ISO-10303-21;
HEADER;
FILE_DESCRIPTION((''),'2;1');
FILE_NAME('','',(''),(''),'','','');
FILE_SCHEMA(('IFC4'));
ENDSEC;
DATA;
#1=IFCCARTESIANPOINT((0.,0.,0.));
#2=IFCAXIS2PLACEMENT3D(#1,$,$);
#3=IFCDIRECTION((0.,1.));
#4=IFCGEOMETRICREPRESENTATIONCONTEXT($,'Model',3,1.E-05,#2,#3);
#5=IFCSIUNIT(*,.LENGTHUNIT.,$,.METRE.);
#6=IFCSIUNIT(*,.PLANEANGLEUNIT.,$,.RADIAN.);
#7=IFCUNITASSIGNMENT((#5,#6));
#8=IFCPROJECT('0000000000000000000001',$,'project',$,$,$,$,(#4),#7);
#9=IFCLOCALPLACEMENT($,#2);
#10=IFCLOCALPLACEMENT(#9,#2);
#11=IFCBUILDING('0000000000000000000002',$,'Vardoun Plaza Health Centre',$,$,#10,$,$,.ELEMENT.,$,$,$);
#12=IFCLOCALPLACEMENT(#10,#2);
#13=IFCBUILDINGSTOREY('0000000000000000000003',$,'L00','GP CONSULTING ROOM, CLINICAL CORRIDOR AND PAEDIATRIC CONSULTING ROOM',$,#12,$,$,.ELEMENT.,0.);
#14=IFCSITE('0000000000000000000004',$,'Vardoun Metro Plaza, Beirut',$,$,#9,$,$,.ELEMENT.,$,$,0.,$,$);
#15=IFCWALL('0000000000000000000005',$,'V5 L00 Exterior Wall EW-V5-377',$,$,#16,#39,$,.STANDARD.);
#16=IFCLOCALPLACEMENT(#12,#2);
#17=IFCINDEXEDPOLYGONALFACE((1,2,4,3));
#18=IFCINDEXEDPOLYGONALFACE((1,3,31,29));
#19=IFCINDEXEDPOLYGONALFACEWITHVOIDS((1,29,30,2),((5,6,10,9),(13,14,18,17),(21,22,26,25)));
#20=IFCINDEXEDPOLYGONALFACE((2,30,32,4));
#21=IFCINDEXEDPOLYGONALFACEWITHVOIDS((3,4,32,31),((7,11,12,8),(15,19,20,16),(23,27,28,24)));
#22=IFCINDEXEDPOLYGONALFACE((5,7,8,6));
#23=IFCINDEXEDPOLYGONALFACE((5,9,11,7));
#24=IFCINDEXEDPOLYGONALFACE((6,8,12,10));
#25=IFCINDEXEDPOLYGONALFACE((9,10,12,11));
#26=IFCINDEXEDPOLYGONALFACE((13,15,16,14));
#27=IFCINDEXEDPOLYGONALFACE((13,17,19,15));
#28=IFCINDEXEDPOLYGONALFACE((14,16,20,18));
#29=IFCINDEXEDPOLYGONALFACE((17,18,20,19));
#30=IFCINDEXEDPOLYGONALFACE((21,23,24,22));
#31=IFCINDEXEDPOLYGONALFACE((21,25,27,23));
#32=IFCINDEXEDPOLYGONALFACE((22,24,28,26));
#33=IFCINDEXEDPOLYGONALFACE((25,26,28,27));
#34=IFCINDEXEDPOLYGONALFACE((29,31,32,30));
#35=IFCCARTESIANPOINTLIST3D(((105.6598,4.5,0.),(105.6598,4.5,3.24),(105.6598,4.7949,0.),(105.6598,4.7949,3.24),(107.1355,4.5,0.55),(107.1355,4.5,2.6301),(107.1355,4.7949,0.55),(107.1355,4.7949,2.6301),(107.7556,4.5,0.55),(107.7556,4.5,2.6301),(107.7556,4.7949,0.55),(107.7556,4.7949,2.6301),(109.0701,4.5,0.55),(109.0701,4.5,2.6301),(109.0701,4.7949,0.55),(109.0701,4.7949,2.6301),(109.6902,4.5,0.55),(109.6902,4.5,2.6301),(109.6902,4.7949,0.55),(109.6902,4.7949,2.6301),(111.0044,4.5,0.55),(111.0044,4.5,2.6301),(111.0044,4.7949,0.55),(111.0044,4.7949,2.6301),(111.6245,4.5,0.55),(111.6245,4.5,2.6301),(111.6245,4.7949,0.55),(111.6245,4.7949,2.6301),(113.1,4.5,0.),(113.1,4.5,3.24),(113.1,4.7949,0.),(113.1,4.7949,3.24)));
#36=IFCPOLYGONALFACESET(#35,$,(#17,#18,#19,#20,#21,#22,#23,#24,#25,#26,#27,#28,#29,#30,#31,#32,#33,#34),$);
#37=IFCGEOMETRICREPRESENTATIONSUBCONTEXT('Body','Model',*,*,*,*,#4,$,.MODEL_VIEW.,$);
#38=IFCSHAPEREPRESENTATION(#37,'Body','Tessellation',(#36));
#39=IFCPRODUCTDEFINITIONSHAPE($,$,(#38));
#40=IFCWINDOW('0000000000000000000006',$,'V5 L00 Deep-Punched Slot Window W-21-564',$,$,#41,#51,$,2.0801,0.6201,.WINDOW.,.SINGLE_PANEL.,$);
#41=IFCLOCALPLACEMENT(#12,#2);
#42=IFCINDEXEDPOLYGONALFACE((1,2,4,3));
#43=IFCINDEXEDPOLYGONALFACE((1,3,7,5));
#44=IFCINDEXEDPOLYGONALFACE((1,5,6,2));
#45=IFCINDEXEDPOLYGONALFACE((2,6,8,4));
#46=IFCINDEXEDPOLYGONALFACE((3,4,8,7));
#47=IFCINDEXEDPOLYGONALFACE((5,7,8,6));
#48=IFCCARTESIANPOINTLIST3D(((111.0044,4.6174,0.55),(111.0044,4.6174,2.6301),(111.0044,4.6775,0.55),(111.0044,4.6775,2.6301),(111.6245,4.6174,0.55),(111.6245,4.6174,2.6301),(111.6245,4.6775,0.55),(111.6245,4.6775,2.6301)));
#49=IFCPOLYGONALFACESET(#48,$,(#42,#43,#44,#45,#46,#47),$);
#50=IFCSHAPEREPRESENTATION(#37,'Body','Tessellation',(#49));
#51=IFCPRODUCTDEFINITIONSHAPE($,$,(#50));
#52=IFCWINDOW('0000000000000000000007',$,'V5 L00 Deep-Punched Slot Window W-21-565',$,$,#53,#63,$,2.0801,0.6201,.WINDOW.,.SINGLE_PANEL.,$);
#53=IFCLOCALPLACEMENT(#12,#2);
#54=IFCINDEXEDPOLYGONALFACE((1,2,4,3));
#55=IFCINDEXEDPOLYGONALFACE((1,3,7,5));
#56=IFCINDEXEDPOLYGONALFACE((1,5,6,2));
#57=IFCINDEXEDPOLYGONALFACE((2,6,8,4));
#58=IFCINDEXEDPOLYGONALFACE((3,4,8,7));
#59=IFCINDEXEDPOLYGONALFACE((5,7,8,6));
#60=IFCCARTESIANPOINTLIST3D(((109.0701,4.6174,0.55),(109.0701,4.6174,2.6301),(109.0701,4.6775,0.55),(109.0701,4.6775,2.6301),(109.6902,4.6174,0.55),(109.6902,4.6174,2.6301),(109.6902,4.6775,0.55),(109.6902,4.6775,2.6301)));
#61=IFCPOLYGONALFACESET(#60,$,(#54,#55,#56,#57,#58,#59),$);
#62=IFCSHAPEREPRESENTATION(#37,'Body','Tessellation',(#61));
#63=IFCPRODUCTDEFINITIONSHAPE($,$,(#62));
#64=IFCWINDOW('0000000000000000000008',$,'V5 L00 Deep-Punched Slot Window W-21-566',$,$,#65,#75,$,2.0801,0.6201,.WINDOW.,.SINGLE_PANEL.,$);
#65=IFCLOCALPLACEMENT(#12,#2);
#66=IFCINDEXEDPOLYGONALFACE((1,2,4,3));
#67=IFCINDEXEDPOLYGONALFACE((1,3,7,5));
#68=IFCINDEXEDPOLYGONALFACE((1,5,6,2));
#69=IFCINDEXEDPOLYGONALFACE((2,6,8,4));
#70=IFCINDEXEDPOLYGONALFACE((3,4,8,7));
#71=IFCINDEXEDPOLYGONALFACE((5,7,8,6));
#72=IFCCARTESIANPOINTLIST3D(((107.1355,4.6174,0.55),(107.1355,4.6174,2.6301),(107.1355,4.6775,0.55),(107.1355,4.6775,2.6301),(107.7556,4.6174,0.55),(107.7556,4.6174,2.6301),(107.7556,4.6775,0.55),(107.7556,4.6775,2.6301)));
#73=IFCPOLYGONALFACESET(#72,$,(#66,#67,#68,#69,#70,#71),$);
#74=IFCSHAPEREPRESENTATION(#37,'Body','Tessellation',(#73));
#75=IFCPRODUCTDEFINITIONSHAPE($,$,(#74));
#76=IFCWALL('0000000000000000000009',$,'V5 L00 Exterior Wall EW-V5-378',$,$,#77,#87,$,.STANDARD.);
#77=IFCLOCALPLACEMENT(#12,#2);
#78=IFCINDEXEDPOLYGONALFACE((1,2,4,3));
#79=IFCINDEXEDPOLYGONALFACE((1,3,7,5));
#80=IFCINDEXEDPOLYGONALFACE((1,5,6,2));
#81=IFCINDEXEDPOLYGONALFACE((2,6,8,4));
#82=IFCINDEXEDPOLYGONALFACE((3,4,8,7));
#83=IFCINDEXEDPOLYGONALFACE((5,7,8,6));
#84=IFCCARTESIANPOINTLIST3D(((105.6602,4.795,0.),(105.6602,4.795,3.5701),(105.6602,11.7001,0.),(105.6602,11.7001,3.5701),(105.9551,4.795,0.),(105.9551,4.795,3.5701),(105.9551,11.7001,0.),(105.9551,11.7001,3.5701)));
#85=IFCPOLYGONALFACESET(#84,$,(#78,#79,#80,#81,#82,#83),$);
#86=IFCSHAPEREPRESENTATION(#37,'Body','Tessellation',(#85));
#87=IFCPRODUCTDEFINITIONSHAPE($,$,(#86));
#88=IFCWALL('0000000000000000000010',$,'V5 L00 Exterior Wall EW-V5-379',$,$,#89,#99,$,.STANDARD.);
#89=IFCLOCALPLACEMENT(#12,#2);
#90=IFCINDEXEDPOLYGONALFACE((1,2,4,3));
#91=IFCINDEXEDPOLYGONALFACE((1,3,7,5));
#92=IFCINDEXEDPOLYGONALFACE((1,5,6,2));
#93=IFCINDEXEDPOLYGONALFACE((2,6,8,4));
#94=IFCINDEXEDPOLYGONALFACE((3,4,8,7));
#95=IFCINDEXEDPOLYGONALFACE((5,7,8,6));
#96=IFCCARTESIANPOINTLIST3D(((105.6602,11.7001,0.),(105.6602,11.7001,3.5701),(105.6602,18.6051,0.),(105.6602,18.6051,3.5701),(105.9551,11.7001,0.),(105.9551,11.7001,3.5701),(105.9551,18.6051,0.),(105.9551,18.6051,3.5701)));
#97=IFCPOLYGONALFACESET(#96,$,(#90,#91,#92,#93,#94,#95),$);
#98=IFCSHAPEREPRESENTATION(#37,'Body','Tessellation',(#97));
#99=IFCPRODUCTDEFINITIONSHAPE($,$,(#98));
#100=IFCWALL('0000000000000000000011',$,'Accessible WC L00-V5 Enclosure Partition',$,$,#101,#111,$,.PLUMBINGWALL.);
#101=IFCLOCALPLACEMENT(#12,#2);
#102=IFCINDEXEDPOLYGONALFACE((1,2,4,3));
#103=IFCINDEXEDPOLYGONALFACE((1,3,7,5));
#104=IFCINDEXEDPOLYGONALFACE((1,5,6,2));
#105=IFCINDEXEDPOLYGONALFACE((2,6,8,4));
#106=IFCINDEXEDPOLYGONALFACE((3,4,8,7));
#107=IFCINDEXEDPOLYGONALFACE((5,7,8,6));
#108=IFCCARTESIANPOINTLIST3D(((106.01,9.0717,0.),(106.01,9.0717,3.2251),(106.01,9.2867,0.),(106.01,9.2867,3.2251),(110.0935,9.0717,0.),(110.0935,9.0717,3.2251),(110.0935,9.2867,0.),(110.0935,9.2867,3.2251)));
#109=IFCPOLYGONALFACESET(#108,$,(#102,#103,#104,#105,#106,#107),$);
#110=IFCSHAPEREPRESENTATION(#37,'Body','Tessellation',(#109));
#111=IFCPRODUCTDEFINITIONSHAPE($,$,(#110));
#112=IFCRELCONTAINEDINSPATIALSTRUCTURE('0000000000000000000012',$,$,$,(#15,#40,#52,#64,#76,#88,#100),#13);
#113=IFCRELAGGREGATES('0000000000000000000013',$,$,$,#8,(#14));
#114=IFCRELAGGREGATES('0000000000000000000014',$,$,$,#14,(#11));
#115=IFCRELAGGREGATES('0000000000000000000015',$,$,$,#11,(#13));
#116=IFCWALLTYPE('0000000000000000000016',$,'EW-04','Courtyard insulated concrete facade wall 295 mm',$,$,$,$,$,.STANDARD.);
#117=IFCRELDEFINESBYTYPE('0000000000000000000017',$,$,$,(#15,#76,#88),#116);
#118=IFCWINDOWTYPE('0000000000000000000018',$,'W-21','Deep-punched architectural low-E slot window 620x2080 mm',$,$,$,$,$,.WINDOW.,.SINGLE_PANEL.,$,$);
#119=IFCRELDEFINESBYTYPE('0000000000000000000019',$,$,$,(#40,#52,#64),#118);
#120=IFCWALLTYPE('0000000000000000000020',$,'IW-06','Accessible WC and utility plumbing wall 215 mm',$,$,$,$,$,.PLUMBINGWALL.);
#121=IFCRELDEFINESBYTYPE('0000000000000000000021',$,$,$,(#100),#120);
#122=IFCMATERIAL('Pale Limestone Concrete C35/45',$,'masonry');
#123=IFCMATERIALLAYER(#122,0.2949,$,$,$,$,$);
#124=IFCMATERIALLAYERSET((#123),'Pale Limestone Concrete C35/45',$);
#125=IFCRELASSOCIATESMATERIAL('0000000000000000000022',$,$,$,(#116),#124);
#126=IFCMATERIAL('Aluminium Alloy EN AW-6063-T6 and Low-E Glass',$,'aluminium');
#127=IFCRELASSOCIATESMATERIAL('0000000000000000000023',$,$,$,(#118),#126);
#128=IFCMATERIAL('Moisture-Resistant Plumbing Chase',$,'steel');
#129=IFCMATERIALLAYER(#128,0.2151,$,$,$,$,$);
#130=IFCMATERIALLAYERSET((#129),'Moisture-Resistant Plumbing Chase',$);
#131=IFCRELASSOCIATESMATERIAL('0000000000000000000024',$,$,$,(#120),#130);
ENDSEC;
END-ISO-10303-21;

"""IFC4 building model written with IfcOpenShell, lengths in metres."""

from ifc_helpers import new_model, si_unit, direction, frame, frame_2d, origin, place, context, subcontext, project, spatial, rectangle, extrude, material, layer, layer_set, type_object, element, fill, save


model = new_model("IFC4")

# Units and contexts
model_context = context("Model", 3, precision=1e-05, world=origin(), true_north=direction((0.0, 1.0)))
body_context = subcontext(model_context, "Body", "Model", "MODEL_VIEW")
ifc_project = project(units=[si_unit("LENGTHUNIT", "METRE"), si_unit("PLANEANGLEUNIT", "RADIAN")], contexts=[model_context])

# Site, building, storey
site_placement = place(None, origin())
site = spatial("IfcSite", under=ifc_project, at=site_placement, Name="Vardoun Metro Plaza, Beirut", CompositionType="ELEMENT", RefElevation=0.0)
building_placement = place(site_placement, origin())
building = spatial("IfcBuilding", under=site, at=building_placement, Name="Vardoun Plaza Health Centre", CompositionType="ELEMENT")
storey_placement = place(building_placement, origin())
storey = spatial("IfcBuildingStorey", under=building, at=storey_placement, Name="L00", Description="GP CONSULTING ROOM, CLINICAL CORRIDOR AND PAEDIATRIC CONSULTING ROOM", CompositionType="ELEMENT", Elevation=0.0)

# Wall, openings, windows
ifc_material_1 = material(Name="Pale Limestone Concrete C35/45", Category="masonry")
ifc_layer_1 = layer(ifc_material_1, 0.2949)
ifc_layer_set_1 = layer_set([ifc_layer_1], Name="Pale Limestone Concrete C35/45")
wall_type_1 = type_object("IfcWallType", Name="EW-04", Description="Courtyard insulated concrete facade wall 295 mm", PredefinedType="STANDARD", material=ifc_layer_set_1)
wall_1_placement = place(storey_placement, frame((113.1001, 4.6475, 0.0), z_axis=(0.0, 0.0, 1.0), x_axis=(-1.0, 0.0, 0.0)))
wall_1 = element("IfcWall", 1, at=wall_1_placement, inside=storey, type_object=wall_type_1, Name="V5 L00 Exterior Wall EW-V5-377", PredefinedType="STANDARD", context=body_context, shape_type="SweptSolid", body=[
    extrude(rectangle(XDim=7.4402, YDim=0.2949, at=frame_2d((3.7202, 0.0))), origin(), (0.0, 0.0, 1.0), 3.24),
])
opening_1_placement = place(wall_1_placement, frame((1.4756, 0.0, 0.55)))
opening_1 = element("IfcOpeningElement", 2, at=opening_1_placement, cuts=wall_1, PredefinedType="OPENING", context=body_context, shape_type="SweptSolid", body=[
    extrude(rectangle(XDim=0.6201, YDim=2.0801, at=frame_2d((0.3101, 1.04))), frame((0.0, 0.1475, 0.0), z_axis=(0.0, -1.0, 0.0), x_axis=(1.0, 0.0, 0.0)), (0.0, 0.0, 1.0), 0.2949),
])
opening_2_placement = place(wall_1_placement, frame((3.4099, 0.0, 0.55)))
opening_2 = element("IfcOpeningElement", 3, at=opening_2_placement, cuts=wall_1, PredefinedType="OPENING", context=body_context, shape_type="SweptSolid", body=[
    extrude(rectangle(XDim=0.6201, YDim=2.0801, at=frame_2d((0.3101, 1.04))), frame((0.0, 0.1475, 0.0), z_axis=(0.0, -1.0, 0.0), x_axis=(1.0, 0.0, 0.0)), (0.0, 0.0, 1.0), 0.2949),
])
opening_3_placement = place(wall_1_placement, frame((5.3445, 0.0, 0.55)))
opening_3 = element("IfcOpeningElement", 4, at=opening_3_placement, cuts=wall_1, PredefinedType="OPENING", context=body_context, shape_type="SweptSolid", body=[
    extrude(rectangle(XDim=0.6201, YDim=2.0801, at=frame_2d((0.3101, 1.04))), frame((0.0, 0.1475, 0.0), z_axis=(0.0, -1.0, 0.0), x_axis=(1.0, 0.0, 0.0)), (0.0, 0.0, 1.0), 0.2949),
])
ifc_material_2 = material(Name="Aluminium Alloy EN AW-6063-T6 and Low-E Glass", Category="aluminium")
window_type_1 = type_object("IfcWindowType", Name="W-21", Description="Deep-punched architectural low-E slot window 620x2080 mm", PartitioningType="SINGLE_PANEL", PredefinedType="WINDOW", material=ifc_material_2)
window_1_placement = place(opening_1_placement, origin())
window_1 = element("IfcWindow", 5, at=window_1_placement, inside=storey, type_object=window_type_1, Name="V5 L00 Deep-Punched Slot Window W-21-564", OverallHeight=2.0801, OverallWidth=0.6201, PartitioningType="SINGLE_PANEL", PredefinedType="WINDOW", context=body_context, shape_type="SweptSolid", body=[
    extrude(rectangle(XDim=0.6201, YDim=2.0801, at=frame_2d((0.3101, 1.04))), frame((0.0, 0.03, 0.0), z_axis=(0.0, -1.0, 0.0), x_axis=(1.0, 0.0, 0.0)), (0.0, 0.0, 1.0), 0.0601),
])
fill(opening_1, window_1)
window_2_placement = place(opening_2_placement, origin())
window_2 = element("IfcWindow", 6, at=window_2_placement, inside=storey, type_object=window_type_1, Name="V5 L00 Deep-Punched Slot Window W-21-565", OverallHeight=2.0801, OverallWidth=0.6201, PartitioningType="SINGLE_PANEL", PredefinedType="WINDOW", context=body_context, shape_type="SweptSolid", body=[
    extrude(rectangle(XDim=0.6201, YDim=2.0801, at=frame_2d((0.3101, 1.04))), frame((0.0, 0.03, 0.0), z_axis=(0.0, -1.0, 0.0), x_axis=(1.0, 0.0, 0.0)), (0.0, 0.0, 1.0), 0.0601),
])
fill(opening_2, window_2)
window_3_placement = place(opening_3_placement, origin())
window_3 = element("IfcWindow", 7, at=window_3_placement, inside=storey, type_object=window_type_1, Name="V5 L00 Deep-Punched Slot Window W-21-566", OverallHeight=2.0801, OverallWidth=0.6201, PartitioningType="SINGLE_PANEL", PredefinedType="WINDOW", context=body_context, shape_type="SweptSolid", body=[
    extrude(rectangle(XDim=0.6201, YDim=2.0801, at=frame_2d((0.3101, 1.04))), frame((0.0, 0.03, 0.0), z_axis=(0.0, -1.0, 0.0), x_axis=(1.0, 0.0, 0.0)), (0.0, 0.0, 1.0), 0.0601),
])
fill(opening_3, window_3)

# Walls
for number, where, z_axis, x_axis, name in (
    (8, (105.8076, 4.7949, 0.0), (0.0, 0.0, 1.0), (0.0, 1.0, 0.0), "V5 L00 Exterior Wall EW-V5-378"),
    (9, (105.8076, 11.7, 0.0), (0.0, 0.0, 1.0), (0.0, 1.0, 0.0), "V5 L00 Exterior Wall EW-V5-379"),
):
    element("IfcWall", number, at=place(storey_placement, frame(where, z_axis=z_axis, x_axis=x_axis)), inside=storey, type_object=wall_type_1, Name=name, PredefinedType="STANDARD", context=body_context, shape_type="SweptSolid", body=[
        extrude(rectangle(XDim=6.905, YDim=0.2949, at=frame_2d((3.4526, 0.0))), origin(), (0.0, 0.0, 1.0), 3.5701),
    ])
ifc_material_3 = material(Name="Moisture-Resistant Plumbing Chase", Category="steel")
ifc_layer_2 = layer(ifc_material_3, 0.2151)
ifc_layer_set_2 = layer_set([ifc_layer_2], Name="Moisture-Resistant Plumbing Chase")
wall_type_2 = type_object("IfcWallType", Name="IW-06", Description="Accessible WC and utility plumbing wall 215 mm", PredefinedType="PLUMBINGWALL", material=ifc_layer_set_2)
wall_2_placement = place(storey_placement, frame((110.0935, 9.1792, 0.0), z_axis=(0.0, 0.0, 1.0), x_axis=(-1.0, 0.0, 0.0)))
element("IfcWall", 10, at=wall_2_placement, inside=storey, type_object=wall_type_2, Name="Accessible WC L00-V5 Enclosure Partition", PredefinedType="PLUMBINGWALL", context=body_context, shape_type="SweptSolid", body=[
    extrude(rectangle(XDim=4.0835, YDim=0.2151, at=frame_2d((2.0417, 0.0))), origin(), (0.0, 0.0, 1.0), 3.2251),
])

save(model, "model.ifc")
